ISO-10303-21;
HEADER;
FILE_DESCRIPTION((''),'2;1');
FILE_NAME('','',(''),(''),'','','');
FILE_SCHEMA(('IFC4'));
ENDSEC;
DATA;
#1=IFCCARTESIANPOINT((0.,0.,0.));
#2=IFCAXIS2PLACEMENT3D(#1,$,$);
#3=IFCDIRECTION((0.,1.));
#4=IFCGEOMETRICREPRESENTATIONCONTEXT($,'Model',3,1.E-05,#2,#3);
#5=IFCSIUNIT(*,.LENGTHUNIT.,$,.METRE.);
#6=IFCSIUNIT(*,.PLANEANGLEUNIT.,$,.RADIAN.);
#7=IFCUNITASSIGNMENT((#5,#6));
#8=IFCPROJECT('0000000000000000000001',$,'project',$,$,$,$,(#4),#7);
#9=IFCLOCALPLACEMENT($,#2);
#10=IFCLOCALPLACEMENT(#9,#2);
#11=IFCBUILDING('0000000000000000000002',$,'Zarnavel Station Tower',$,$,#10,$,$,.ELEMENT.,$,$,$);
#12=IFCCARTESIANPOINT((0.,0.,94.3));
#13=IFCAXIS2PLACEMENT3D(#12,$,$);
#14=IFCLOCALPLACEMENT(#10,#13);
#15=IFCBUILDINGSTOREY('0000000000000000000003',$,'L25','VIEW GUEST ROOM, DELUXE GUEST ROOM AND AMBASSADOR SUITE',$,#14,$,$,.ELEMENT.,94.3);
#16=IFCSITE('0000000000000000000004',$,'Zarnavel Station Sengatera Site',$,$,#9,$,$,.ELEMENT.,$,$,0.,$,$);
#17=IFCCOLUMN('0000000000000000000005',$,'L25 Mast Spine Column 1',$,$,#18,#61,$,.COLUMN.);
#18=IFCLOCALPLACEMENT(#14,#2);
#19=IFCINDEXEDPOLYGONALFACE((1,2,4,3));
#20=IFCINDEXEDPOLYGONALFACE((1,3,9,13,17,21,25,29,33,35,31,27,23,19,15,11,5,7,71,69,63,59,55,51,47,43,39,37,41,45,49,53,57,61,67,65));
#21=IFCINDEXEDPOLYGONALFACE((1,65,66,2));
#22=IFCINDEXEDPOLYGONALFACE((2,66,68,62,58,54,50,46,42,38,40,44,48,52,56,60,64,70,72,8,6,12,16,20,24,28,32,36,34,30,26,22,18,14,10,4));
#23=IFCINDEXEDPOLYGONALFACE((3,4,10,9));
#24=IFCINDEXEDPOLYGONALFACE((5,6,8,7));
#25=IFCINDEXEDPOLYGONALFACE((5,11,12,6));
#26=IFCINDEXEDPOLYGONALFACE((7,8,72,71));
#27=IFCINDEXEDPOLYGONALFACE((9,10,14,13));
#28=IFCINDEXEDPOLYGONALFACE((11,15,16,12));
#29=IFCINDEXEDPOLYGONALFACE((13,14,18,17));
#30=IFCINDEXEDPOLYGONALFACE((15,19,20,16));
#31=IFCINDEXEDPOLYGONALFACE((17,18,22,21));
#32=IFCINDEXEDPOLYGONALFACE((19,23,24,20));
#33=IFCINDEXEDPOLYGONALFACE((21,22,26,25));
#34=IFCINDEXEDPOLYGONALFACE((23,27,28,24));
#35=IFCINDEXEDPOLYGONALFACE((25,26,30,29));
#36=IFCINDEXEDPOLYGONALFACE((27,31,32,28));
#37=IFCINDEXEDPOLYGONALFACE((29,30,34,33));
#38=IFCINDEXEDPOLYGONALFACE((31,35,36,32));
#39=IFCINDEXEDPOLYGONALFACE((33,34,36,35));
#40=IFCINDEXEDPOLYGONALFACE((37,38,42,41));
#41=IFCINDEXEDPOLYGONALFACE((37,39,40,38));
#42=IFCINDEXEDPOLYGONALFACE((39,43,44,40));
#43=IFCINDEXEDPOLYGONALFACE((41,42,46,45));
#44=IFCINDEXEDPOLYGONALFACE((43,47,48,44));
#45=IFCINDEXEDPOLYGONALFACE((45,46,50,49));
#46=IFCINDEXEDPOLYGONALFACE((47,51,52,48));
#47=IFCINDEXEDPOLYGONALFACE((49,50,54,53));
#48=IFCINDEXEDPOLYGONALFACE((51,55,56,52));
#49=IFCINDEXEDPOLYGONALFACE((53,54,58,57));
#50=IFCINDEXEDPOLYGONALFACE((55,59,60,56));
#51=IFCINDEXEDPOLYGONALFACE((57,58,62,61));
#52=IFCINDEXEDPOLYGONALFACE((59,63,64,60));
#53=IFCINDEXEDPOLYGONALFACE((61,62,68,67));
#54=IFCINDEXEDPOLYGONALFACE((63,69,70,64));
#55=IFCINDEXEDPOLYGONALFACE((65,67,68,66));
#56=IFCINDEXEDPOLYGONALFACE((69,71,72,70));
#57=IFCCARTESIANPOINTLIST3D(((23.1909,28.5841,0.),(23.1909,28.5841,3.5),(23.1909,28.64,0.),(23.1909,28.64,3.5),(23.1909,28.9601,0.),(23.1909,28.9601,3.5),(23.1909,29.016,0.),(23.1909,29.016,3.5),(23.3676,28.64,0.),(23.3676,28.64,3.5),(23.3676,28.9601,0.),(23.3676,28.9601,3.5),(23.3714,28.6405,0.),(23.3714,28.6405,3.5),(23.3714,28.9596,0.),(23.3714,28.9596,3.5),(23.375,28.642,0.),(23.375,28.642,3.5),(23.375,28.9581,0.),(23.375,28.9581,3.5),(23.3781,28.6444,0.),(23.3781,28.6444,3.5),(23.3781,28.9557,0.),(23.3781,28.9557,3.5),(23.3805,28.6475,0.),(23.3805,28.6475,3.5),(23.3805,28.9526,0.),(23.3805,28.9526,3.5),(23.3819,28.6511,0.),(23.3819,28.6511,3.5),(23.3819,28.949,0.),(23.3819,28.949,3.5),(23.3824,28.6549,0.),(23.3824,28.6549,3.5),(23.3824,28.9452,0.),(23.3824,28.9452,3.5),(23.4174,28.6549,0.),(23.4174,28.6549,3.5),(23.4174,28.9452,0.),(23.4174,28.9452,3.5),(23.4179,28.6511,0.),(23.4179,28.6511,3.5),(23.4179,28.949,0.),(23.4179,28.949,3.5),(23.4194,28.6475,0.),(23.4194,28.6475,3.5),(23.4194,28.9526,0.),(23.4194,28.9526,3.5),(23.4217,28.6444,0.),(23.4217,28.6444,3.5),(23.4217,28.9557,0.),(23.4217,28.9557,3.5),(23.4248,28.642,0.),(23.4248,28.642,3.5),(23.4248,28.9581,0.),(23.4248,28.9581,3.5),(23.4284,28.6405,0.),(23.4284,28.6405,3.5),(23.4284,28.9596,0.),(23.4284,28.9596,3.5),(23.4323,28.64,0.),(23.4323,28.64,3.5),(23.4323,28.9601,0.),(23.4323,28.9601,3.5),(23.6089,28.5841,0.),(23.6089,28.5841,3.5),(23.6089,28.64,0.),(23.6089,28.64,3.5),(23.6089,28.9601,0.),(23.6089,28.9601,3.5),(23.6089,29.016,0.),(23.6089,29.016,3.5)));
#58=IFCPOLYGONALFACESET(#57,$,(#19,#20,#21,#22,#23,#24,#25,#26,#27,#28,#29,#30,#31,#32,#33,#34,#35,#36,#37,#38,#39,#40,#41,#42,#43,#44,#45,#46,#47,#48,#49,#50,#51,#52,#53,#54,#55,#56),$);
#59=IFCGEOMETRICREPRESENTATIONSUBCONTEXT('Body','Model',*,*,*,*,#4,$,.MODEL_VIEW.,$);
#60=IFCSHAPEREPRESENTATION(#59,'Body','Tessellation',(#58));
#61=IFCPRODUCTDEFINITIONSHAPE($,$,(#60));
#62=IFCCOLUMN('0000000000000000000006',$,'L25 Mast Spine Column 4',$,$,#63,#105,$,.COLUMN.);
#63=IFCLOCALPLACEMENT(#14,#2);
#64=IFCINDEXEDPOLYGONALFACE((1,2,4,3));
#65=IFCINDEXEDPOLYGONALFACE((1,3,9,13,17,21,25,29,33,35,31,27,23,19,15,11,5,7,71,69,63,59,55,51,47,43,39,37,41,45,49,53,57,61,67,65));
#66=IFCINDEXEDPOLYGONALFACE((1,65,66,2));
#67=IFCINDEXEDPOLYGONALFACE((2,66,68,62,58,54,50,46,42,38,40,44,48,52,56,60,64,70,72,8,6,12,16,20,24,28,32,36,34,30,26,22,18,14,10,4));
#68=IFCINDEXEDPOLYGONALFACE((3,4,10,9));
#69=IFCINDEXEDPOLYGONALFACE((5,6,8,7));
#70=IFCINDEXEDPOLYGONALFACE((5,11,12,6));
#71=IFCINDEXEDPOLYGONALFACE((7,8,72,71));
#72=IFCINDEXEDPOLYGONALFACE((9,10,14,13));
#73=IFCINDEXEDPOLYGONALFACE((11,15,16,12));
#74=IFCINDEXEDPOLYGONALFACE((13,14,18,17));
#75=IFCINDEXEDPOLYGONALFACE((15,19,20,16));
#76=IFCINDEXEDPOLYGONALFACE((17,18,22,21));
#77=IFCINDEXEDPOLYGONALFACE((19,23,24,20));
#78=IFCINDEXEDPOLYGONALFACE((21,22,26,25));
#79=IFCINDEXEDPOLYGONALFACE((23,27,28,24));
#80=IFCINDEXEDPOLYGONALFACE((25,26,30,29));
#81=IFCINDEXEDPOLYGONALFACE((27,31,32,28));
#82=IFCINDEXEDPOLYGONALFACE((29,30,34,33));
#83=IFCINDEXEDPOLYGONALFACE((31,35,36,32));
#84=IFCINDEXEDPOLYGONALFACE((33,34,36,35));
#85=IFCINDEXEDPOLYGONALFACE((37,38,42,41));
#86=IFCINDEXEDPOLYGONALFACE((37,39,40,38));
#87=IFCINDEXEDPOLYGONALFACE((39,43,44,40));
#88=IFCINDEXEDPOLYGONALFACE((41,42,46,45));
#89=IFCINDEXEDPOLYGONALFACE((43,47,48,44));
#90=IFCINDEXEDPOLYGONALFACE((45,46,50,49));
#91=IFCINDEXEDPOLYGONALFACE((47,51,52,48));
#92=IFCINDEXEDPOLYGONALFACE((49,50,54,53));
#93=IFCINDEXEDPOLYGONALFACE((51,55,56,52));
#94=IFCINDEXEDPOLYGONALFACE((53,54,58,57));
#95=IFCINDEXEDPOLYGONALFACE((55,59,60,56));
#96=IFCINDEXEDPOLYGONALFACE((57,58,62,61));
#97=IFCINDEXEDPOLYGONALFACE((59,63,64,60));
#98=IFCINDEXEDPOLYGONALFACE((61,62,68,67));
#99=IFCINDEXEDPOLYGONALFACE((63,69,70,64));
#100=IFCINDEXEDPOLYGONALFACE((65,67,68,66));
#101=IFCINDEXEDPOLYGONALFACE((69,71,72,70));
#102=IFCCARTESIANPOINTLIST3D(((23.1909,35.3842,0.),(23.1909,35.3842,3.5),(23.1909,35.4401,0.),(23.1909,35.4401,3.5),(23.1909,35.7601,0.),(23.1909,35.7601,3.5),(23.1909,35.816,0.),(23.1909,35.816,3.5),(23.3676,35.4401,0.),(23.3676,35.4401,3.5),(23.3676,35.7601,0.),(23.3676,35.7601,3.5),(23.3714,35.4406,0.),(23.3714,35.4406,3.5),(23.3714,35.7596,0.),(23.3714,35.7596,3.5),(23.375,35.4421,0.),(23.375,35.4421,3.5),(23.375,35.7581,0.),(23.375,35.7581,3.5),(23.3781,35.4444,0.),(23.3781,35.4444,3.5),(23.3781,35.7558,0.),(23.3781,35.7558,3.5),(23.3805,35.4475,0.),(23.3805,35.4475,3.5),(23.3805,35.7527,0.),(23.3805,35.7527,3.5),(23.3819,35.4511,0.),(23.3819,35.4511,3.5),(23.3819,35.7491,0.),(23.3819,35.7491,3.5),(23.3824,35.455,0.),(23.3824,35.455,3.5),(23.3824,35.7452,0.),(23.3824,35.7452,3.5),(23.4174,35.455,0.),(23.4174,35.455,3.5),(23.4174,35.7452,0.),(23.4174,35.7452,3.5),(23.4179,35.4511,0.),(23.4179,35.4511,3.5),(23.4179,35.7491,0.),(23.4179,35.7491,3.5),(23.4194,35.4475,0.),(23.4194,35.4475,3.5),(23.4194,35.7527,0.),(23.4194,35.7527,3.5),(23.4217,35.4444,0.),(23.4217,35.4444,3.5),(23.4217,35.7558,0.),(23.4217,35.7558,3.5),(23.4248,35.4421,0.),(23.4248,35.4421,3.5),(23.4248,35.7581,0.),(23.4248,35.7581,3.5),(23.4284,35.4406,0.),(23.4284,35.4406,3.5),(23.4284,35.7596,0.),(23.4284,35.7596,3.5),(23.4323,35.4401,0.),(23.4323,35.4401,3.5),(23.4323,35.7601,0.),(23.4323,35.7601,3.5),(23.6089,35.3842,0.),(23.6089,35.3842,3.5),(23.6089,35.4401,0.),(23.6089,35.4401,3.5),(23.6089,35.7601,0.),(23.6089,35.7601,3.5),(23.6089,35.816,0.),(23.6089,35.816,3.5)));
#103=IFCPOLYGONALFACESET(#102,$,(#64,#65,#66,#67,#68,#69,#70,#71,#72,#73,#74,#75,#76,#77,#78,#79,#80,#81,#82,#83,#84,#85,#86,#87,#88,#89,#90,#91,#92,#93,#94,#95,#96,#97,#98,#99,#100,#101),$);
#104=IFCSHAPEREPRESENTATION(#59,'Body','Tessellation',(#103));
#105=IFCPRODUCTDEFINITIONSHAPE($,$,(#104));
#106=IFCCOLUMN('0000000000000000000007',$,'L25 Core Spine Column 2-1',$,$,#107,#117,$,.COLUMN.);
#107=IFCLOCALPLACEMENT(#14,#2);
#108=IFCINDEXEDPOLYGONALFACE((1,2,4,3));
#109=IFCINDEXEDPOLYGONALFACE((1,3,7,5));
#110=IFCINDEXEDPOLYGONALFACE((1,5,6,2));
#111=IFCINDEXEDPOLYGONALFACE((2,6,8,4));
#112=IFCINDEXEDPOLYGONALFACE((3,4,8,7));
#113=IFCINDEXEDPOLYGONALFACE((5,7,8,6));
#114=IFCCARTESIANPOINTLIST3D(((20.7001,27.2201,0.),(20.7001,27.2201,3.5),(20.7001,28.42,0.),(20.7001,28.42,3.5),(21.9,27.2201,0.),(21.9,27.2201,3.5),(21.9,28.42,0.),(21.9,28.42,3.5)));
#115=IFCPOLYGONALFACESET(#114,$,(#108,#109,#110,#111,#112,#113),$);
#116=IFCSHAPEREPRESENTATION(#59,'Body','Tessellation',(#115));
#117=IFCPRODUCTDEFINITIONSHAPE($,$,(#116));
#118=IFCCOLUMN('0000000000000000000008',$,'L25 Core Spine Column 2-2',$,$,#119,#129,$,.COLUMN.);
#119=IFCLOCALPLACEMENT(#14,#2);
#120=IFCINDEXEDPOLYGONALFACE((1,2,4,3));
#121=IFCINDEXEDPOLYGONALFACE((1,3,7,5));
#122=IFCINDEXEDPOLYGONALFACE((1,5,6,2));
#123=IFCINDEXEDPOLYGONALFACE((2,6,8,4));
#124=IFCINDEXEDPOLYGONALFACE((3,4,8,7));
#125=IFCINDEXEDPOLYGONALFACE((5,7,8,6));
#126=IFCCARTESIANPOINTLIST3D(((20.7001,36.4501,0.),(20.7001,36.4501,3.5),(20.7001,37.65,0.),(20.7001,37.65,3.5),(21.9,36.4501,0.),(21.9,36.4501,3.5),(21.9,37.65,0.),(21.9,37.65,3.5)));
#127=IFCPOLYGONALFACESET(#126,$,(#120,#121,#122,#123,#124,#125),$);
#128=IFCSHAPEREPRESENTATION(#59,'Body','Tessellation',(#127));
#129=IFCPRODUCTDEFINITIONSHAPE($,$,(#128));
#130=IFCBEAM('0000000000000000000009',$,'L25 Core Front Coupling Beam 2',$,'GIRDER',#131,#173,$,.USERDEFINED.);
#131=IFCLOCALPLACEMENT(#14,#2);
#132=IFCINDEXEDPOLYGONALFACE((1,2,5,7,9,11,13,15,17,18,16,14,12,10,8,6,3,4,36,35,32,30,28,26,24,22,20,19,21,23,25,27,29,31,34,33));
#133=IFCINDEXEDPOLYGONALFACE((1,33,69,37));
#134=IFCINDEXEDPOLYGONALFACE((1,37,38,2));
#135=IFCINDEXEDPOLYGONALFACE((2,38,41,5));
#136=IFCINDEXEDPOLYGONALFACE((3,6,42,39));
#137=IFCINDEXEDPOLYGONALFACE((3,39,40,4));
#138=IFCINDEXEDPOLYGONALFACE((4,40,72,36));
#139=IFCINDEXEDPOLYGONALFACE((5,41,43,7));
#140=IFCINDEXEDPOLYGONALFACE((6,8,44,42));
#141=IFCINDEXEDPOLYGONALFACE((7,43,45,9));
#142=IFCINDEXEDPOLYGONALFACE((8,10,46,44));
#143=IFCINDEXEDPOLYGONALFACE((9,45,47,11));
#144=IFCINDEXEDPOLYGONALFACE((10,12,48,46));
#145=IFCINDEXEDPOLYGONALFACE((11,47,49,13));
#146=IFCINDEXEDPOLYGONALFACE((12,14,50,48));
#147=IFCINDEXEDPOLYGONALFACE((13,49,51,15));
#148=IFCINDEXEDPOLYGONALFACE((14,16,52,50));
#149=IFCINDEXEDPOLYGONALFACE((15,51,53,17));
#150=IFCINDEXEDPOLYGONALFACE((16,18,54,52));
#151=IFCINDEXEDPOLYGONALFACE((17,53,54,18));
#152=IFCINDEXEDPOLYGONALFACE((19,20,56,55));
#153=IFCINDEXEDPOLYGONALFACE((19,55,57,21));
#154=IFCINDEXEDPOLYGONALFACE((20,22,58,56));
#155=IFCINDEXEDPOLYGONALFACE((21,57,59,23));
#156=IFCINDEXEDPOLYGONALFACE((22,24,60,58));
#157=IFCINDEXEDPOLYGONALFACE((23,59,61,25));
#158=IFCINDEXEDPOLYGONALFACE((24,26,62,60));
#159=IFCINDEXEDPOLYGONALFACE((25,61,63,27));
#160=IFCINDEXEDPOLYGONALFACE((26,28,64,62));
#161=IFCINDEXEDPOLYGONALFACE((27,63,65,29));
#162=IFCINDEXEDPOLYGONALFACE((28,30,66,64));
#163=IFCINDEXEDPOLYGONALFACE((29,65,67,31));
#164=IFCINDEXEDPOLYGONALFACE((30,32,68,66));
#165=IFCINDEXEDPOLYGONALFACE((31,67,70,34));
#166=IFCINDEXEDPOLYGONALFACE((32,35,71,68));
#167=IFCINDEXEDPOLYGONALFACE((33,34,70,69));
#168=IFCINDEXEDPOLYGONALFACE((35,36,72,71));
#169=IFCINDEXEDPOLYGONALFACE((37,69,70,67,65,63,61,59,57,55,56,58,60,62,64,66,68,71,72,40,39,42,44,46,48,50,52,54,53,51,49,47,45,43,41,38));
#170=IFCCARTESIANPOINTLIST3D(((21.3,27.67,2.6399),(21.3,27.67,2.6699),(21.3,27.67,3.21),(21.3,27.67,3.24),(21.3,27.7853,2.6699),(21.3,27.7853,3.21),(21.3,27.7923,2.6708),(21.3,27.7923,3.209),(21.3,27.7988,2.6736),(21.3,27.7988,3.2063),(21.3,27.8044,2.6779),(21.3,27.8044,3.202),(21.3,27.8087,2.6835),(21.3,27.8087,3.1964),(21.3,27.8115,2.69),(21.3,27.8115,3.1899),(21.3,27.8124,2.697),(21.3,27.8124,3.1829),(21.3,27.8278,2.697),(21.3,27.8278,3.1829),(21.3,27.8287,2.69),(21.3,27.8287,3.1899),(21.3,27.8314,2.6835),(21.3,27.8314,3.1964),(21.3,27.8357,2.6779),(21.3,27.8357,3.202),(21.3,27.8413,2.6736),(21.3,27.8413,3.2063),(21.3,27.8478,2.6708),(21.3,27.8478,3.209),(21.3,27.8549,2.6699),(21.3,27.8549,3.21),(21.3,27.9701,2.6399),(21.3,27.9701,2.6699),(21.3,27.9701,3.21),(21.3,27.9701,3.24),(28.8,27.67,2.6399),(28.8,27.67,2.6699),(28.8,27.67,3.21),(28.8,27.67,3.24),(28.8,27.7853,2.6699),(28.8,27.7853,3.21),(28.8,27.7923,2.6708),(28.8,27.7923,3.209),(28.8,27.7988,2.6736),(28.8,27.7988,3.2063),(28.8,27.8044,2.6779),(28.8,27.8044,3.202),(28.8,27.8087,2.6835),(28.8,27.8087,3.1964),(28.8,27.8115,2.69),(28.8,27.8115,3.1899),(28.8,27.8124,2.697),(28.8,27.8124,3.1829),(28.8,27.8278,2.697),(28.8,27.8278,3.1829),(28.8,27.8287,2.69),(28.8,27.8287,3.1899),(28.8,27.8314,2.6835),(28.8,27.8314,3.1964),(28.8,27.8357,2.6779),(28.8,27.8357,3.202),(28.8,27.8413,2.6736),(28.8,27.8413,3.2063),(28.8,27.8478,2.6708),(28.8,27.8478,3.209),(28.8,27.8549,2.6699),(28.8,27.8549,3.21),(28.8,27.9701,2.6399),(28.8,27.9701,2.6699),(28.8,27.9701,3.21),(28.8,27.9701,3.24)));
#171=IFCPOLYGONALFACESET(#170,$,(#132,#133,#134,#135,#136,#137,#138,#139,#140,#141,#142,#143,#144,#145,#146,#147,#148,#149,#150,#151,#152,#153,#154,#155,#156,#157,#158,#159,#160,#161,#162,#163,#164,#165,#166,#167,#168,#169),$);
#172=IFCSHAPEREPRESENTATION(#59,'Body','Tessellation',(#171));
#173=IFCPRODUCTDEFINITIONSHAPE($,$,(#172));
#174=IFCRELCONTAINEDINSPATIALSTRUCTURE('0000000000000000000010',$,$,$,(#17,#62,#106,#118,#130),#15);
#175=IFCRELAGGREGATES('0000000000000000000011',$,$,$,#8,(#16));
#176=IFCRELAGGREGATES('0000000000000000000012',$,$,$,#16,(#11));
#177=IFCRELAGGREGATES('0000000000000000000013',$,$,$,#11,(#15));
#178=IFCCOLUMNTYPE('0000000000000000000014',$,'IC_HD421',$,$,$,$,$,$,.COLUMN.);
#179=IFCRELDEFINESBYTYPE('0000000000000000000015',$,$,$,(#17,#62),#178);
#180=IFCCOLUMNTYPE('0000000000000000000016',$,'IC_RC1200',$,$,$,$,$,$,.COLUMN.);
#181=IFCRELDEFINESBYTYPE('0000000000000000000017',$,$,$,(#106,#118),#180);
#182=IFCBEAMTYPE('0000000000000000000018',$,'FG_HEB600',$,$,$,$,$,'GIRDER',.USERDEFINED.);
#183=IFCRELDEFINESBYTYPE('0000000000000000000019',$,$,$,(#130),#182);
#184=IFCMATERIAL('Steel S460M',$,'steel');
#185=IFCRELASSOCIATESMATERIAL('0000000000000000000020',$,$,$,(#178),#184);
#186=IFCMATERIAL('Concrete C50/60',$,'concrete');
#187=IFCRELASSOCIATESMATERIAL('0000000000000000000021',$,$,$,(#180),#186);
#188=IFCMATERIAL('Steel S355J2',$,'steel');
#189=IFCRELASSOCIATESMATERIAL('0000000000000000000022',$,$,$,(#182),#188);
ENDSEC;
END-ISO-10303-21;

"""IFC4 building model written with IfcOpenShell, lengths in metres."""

from ifc_helpers import new_model, si_unit, direction, frame, origin, origin_2d, place, context, subcontext, project, spatial, rectangle, i_section, extrude, material, material_profile, profile_set, type_object, element, save


model = new_model("IFC4")

# Units and contexts
model_context = context("Model", 3, precision=1e-05, world=origin(), true_north=direction((0.0, 1.0)))
body_context = subcontext(model_context, "Body", "Model", "MODEL_VIEW")
ifc_project = project(units=[si_unit("LENGTHUNIT", "METRE"), si_unit("PLANEANGLEUNIT", "RADIAN")], contexts=[model_context])

# Site, building, storey
site_placement = place(None, origin())
site = spatial("IfcSite", under=ifc_project, at=site_placement, Name="Zarnavel Station Sengatera Site", CompositionType="ELEMENT", RefElevation=0.0)
building_placement = place(site_placement, origin())
building = spatial("IfcBuilding", under=site, at=building_placement, Name="Zarnavel Station Tower", CompositionType="ELEMENT")
storey_placement = place(building_placement, frame((0.0, 0.0, 94.3)))
storey = spatial("IfcBuildingStorey", under=building, at=storey_placement, Name="L25", Description="VIEW GUEST ROOM, DELUXE GUEST ROOM AND AMBASSADOR SUITE", CompositionType="ELEMENT", Elevation=94.3)

# Columns
ifc_material_1 = material(Name="Steel S460M", Category="steel")
ifc_material_profile_1 = material_profile(ifc_material_1, i_section(OverallWidth=0.418, OverallDepth=0.4319, WebThickness=0.0349, FlangeThickness=0.0559, FilletRadius=0.0149, at=origin_2d()), Name="HD400x421")
ifc_profile_set_1 = profile_set([ifc_material_profile_1], Name="Steel S460M")
column_type_1 = type_object("IfcColumnType", Name="IC_HD421", PredefinedType="COLUMN", material=ifc_profile_set_1)
for number, where, z_axis, x_axis, name in (
    (1, (23.3999, 28.8, 0.0), (0.0, 0.0, 1.0), (1.0, 0.0, 0.0), "L25 Mast Spine Column 1"),
    (2, (23.3999, 35.6001, 0.0), (0.0, 0.0, 1.0), (1.0, 0.0, 0.0), "L25 Mast Spine Column 4"),
):
    element("IfcColumn", number, at=place(storey_placement, frame(where, z_axis=z_axis, x_axis=x_axis)), inside=storey, type_object=column_type_1, Name=name, PredefinedType="COLUMN", context=body_context, shape_type="SweptSolid", body=[
        extrude(i_section(OverallWidth=0.418, OverallDepth=0.4319, WebThickness=0.0349, FlangeThickness=0.0559, FilletRadius=0.0149, at=origin_2d()), origin(), (0.0, 0.0, 1.0), 3.5),
    ])
ifc_material_2 = material(Name="Concrete C50/60", Category="concrete")
ifc_material_profile_2 = material_profile(ifc_material_2, rectangle(XDim=1.2, YDim=1.2, at=origin_2d()), Name="RC1200x1200")
ifc_profile_set_2 = profile_set([ifc_material_profile_2], Name="Concrete C50/60")
column_type_2 = type_object("IfcColumnType", Name="IC_RC1200", PredefinedType="COLUMN", material=ifc_profile_set_2)
for number, where, z_axis, x_axis, name in (
    (3, (21.3, 27.8201, 0.0), (0.0, 0.0, 1.0), (1.0, 0.0, 0.0), "L25 Core Spine Column 2-1"),
    (4, (21.3, 37.05, 0.0), (0.0, 0.0, 1.0), (1.0, 0.0, 0.0), "L25 Core Spine Column 2-2"),
):
    element("IfcColumn", number, at=place(storey_placement, frame(where, z_axis=z_axis, x_axis=x_axis)), inside=storey, type_object=column_type_2, Name=name, PredefinedType="COLUMN", context=body_context, shape_type="SweptSolid", body=[
        extrude(rectangle(XDim=1.2, YDim=1.2, at=origin_2d()), origin(), (0.0, 0.0, 1.0), 3.5),
    ])

# Beam
ifc_material_3 = material(Name="Steel S355J2", Category="steel")
ifc_material_profile_3 = material_profile(ifc_material_3, i_section(OverallWidth=0.3, OverallDepth=0.6001, WebThickness=0.0154, FlangeThickness=0.03, FilletRadius=0.0271, at=origin_2d()), Name="HEB600")
ifc_profile_set_3 = profile_set([ifc_material_profile_3], Name="Steel S355J2")
beam_type_1 = type_object("IfcBeamType", Name="FG_HEB600", ElementType="GIRDER", PredefinedType="USERDEFINED", material=ifc_profile_set_3)
beam_1_placement = place(storey_placement, frame((21.3, 27.8201, 2.9399), z_axis=(1.0, 0.0, 0.0), x_axis=(0.0, 1.0, 0.0)))
element("IfcBeam", 5, at=beam_1_placement, inside=storey, type_object=beam_type_1, Name="L25 Core Front Coupling Beam 2", ObjectType="GIRDER", PredefinedType="USERDEFINED", context=body_context, shape_type="SweptSolid", body=[
    extrude(i_section(OverallWidth=0.3, OverallDepth=0.6001, WebThickness=0.0154, FlangeThickness=0.03, FilletRadius=0.0271, at=origin_2d()), origin(), (0.0, 0.0, 1.0), 7.5),
])

save(model, "model.ifc")
